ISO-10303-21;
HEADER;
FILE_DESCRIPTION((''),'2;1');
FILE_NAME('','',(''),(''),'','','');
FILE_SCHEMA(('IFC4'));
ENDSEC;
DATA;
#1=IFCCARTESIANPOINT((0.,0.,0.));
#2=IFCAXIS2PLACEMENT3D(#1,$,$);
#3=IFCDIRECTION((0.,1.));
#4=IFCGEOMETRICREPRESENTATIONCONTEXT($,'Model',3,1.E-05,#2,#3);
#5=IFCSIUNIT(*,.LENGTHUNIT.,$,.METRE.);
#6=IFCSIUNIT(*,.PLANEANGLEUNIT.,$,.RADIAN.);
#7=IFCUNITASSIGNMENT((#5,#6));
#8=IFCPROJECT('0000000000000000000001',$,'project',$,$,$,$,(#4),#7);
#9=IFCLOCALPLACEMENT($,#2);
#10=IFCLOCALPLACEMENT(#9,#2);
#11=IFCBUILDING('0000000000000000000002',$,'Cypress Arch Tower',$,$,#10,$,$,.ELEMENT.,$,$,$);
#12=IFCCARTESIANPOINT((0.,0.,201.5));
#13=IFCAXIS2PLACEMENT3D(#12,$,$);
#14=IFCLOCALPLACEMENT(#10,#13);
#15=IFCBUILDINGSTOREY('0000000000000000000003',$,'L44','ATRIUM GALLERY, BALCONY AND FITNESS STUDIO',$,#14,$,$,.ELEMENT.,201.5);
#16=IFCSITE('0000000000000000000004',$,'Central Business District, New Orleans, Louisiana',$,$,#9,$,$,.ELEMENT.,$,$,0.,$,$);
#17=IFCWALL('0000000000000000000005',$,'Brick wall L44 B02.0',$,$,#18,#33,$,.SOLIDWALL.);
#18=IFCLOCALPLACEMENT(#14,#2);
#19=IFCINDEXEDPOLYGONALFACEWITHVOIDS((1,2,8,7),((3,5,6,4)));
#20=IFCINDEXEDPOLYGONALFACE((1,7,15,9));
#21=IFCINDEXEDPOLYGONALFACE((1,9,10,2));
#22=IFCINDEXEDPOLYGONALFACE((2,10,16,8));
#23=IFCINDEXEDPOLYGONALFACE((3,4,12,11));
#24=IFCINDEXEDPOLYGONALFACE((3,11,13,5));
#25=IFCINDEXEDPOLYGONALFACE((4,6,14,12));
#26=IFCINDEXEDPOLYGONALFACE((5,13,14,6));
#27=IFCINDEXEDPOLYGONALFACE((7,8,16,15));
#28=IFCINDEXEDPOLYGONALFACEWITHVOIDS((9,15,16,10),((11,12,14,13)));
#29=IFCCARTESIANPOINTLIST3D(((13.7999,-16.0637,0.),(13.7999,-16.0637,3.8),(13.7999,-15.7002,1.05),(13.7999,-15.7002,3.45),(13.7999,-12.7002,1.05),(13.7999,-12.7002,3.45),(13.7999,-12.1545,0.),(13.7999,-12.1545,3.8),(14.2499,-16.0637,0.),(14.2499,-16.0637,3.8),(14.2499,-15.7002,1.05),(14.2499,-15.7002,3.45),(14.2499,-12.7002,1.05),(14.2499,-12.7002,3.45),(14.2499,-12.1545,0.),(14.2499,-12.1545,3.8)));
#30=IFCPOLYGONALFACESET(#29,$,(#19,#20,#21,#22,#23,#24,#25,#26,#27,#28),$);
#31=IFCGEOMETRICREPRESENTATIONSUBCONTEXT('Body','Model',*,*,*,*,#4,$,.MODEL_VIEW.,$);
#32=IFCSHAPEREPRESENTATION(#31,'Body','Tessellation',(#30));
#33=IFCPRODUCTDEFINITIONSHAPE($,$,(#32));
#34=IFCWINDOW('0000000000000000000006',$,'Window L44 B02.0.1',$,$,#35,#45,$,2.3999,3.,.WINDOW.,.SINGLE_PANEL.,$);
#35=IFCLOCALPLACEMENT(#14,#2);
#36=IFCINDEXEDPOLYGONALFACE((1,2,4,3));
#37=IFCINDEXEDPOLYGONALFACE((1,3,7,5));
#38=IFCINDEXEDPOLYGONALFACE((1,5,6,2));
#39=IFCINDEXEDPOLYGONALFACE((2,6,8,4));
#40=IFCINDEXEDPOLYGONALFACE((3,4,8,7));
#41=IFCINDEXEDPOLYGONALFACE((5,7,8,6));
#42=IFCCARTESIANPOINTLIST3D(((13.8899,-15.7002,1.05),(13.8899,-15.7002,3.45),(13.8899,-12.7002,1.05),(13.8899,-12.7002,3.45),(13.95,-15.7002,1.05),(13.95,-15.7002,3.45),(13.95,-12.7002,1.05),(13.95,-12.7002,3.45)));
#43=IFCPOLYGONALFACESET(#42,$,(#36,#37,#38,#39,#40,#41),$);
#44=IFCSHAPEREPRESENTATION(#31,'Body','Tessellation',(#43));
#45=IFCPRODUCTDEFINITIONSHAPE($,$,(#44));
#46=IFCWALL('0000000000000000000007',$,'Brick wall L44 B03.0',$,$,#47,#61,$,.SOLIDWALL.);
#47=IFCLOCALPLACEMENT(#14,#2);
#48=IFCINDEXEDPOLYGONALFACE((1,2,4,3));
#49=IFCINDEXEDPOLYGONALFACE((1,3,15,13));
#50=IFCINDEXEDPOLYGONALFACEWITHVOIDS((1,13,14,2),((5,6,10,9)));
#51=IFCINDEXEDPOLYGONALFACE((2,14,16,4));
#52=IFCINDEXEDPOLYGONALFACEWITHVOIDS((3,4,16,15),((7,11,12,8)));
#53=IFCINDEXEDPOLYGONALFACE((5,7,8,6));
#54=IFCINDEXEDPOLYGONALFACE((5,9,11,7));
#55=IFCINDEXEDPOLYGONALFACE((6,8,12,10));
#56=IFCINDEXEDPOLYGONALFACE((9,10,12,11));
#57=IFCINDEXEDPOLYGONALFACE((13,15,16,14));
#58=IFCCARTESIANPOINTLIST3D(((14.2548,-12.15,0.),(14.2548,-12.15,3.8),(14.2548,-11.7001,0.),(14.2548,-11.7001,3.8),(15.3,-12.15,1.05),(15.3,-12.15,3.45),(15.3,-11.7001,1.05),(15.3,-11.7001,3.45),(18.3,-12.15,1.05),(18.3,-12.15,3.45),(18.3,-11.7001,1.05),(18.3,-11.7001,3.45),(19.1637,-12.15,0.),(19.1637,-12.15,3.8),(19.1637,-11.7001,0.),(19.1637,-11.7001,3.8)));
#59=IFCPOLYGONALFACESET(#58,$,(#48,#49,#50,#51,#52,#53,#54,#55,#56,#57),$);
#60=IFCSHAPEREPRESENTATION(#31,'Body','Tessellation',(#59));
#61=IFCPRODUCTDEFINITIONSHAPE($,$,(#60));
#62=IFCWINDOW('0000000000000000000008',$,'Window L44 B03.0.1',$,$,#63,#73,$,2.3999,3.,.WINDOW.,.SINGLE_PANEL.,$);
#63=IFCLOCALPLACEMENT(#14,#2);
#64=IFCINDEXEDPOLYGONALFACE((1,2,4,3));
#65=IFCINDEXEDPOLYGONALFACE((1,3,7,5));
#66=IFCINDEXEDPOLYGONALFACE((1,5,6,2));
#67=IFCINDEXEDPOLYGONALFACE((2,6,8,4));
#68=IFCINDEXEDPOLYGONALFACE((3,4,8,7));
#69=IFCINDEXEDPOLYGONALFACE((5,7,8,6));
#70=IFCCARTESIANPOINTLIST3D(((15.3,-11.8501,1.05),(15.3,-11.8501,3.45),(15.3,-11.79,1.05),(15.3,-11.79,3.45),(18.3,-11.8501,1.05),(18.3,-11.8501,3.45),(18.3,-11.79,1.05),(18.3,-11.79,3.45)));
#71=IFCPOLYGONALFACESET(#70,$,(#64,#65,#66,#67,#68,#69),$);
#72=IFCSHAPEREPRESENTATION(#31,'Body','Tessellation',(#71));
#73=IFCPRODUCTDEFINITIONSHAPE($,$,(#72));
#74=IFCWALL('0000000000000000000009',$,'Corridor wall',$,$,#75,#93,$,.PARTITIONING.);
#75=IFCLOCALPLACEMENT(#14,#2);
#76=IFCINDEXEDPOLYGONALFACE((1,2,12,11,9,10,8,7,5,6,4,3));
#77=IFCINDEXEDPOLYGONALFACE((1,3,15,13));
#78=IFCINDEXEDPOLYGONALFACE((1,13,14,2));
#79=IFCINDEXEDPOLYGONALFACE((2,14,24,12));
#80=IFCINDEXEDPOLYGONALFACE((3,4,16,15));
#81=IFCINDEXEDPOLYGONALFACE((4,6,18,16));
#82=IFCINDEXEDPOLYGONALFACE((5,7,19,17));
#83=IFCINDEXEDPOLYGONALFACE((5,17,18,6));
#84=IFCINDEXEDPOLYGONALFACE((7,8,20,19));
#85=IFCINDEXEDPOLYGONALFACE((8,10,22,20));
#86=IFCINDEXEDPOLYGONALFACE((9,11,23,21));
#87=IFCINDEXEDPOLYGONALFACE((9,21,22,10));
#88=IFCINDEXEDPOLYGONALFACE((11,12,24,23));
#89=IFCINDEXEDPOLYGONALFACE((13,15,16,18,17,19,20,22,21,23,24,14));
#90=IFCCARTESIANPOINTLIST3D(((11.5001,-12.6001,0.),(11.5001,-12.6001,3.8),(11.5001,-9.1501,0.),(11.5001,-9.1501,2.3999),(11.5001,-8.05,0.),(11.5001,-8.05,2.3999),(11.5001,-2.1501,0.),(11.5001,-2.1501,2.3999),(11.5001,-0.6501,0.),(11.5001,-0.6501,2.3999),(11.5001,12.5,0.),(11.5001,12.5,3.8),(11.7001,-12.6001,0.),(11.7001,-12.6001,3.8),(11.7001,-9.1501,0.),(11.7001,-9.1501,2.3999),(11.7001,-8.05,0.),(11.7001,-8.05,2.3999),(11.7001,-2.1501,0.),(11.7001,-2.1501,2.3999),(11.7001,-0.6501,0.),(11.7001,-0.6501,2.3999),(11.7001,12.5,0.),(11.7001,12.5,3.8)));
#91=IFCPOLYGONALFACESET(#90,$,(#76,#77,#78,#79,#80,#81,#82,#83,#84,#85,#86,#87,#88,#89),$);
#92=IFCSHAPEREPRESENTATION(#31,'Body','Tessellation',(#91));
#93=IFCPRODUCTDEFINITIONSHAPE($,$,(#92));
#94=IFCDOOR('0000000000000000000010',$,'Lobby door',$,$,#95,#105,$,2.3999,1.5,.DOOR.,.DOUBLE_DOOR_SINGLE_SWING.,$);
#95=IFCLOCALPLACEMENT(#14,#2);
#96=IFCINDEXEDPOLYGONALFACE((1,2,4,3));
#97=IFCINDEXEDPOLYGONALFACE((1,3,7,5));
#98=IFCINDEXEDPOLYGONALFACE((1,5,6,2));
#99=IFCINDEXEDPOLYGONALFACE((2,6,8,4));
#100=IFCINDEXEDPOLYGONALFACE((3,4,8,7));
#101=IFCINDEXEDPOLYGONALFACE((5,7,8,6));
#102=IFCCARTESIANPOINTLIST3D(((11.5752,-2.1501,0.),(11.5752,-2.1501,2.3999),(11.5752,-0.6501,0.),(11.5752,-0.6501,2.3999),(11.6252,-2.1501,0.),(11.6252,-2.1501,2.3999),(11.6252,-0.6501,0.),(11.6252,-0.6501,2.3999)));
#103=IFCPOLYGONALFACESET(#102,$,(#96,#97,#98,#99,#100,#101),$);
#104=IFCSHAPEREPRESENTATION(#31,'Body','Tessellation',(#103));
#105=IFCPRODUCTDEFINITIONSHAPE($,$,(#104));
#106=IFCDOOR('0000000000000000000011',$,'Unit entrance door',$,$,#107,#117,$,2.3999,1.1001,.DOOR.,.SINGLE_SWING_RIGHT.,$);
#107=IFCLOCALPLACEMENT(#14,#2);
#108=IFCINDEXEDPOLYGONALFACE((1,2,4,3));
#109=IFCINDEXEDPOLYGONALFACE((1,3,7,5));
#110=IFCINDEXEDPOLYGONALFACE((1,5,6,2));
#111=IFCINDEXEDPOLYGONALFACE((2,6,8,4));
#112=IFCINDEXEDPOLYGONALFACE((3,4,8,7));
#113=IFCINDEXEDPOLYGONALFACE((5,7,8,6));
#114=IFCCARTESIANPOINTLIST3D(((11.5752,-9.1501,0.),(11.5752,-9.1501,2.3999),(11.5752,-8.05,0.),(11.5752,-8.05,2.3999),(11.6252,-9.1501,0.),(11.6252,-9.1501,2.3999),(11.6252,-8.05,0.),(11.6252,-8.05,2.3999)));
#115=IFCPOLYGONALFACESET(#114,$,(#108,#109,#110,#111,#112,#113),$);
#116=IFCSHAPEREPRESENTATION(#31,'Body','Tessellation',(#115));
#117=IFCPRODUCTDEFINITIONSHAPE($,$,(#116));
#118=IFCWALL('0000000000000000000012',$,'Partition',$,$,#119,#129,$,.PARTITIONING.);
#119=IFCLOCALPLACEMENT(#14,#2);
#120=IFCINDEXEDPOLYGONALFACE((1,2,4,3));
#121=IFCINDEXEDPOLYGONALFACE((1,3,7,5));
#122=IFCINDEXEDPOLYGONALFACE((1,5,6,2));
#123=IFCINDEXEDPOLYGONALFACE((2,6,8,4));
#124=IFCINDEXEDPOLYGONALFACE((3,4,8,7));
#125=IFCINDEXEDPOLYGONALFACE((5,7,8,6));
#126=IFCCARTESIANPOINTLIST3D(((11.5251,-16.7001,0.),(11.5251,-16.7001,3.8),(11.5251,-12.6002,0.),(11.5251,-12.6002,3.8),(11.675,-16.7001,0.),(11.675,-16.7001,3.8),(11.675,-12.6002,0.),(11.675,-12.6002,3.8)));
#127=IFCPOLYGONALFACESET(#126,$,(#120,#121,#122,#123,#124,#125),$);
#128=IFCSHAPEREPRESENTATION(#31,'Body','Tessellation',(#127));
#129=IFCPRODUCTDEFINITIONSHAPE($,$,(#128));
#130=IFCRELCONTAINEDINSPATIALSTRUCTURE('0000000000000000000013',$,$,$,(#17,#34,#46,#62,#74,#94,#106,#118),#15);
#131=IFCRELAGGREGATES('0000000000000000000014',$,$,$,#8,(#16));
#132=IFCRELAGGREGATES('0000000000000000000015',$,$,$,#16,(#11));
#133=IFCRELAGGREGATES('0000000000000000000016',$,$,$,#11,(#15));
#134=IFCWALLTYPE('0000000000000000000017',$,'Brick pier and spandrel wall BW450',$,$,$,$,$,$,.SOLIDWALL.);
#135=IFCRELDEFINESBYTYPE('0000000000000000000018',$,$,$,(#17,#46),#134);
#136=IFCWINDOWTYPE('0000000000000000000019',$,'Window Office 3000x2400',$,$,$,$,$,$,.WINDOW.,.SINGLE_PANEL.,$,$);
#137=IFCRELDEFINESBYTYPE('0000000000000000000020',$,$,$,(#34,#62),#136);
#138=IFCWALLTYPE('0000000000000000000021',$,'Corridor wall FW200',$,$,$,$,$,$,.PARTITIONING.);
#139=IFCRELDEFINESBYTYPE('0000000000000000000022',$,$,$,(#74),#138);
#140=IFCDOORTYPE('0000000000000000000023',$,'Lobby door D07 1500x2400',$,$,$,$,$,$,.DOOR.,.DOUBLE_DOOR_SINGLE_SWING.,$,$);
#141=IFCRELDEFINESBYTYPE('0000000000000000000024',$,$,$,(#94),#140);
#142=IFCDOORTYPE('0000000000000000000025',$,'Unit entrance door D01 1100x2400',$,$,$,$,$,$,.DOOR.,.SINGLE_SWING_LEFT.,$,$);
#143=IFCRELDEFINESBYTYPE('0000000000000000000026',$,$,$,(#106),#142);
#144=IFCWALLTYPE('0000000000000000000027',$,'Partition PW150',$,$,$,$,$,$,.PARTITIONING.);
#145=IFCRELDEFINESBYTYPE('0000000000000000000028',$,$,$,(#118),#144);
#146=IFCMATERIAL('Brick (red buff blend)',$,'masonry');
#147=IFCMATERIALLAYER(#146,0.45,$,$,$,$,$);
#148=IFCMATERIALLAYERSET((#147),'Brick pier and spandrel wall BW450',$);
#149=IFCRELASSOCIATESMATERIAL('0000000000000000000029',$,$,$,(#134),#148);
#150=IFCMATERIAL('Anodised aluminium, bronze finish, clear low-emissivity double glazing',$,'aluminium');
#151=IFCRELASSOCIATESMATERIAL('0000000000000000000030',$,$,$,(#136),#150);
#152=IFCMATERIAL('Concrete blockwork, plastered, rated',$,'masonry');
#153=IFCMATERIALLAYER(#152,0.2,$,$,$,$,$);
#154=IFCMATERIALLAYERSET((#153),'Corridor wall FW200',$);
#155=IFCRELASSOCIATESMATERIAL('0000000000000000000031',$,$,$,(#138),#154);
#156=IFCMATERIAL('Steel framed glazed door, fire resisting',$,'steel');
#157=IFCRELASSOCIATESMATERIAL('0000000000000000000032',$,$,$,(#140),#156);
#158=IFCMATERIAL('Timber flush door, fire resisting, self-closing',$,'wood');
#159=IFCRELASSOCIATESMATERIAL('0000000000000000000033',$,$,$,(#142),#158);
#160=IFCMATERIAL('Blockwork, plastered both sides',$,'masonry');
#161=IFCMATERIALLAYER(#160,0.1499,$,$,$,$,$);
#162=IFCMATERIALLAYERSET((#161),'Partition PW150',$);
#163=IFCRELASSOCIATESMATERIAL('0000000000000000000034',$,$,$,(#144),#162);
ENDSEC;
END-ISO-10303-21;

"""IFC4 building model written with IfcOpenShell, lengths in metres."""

from ifc_helpers import new_model, si_unit, direction, frame, frame_2d, origin, place, context, subcontext, project, spatial, rectangle, extrude, material, layer, layer_set, type_object, element, fill, save


model = new_model("IFC4")

# Units and contexts
model_context = context("Model", 3, precision=1e-05, world=origin(), true_north=direction((0.0, 1.0)))
body_context = subcontext(model_context, "Body", "Model", "MODEL_VIEW")
ifc_project = project(units=[si_unit("LENGTHUNIT", "METRE"), si_unit("PLANEANGLEUNIT", "RADIAN")], contexts=[model_context])

# Site, building, storey
site_placement = place(None, origin())
site = spatial("IfcSite", under=ifc_project, at=site_placement, Name="Central Business District, New Orleans, Louisiana", CompositionType="ELEMENT", RefElevation=0.0)
building_placement = place(site_placement, origin())
building = spatial("IfcBuilding", under=site, at=building_placement, Name="Cypress Arch Tower", CompositionType="ELEMENT")
storey_placement = place(building_placement, frame((0.0, 0.0, 201.5)))
storey = spatial("IfcBuildingStorey", under=building, at=storey_placement, Name="L44", Description="ATRIUM GALLERY, BALCONY AND FITNESS STUDIO", CompositionType="ELEMENT", Elevation=201.5)

# Walls, openings, windows
ifc_material_1 = material(Name="Brick (red buff blend)", Category="masonry")
ifc_layer_1 = layer(ifc_material_1, 0.45)
ifc_layer_set_1 = layer_set([ifc_layer_1], Name="Brick pier and spandrel wall BW450")
wall_type_1 = type_object("IfcWallType", Name="Brick pier and spandrel wall BW450", PredefinedType="SOLIDWALL", material=ifc_layer_set_1)
wall_1_placement = place(storey_placement, frame((14.0249, -16.0637, 0.0), z_axis=(0.0, 0.0, 1.0), x_axis=(0.0, 1.0, 0.0)))
wall_1 = element("IfcWall", 1, at=wall_1_placement, inside=storey, type_object=wall_type_1, Name="Brick wall L44 B02.0", PredefinedType="SOLIDWALL", context=body_context, shape_type="SweptSolid", body=[
    extrude(rectangle(XDim=3.9092, YDim=0.45, at=frame_2d((1.9546, 0.0))), origin(), (0.0, 0.0, 1.0), 3.8),
])
opening_1_placement = place(wall_1_placement, frame((0.3635, 0.0, 1.05)))
opening_1 = element("IfcOpeningElement", 2, at=opening_1_placement, cuts=wall_1, PredefinedType="OPENING", context=body_context, shape_type="SweptSolid", body=[
    extrude(rectangle(XDim=3.0, YDim=2.3999, at=frame_2d((1.5, 1.2))), frame((0.0, 0.2349, 0.0), z_axis=(0.0, -1.0, 0.0), x_axis=(1.0, 0.0, 0.0)), (0.0, 0.0, 1.0), 0.47),
])
ifc_material_2 = material(Name="Anodised aluminium, bronze finish, clear low-emissivity double glazing", Category="aluminium")
window_type = type_object("IfcWindowType", Name="Window Office 3000x2400", PartitioningType="SINGLE_PANEL", PredefinedType="WINDOW", material=ifc_material_2)
window_1_placement = place(opening_1_placement, origin())
window_1 = element("IfcWindow", 3, at=window_1_placement, inside=storey, type_object=window_type, Name="Window L44 B02.0.1", OverallHeight=2.3999, OverallWidth=3.0, PartitioningType="SINGLE_PANEL", PredefinedType="WINDOW", context=body_context, shape_type="SweptSolid", body=[
    extrude(rectangle(XDim=3.0, YDim=2.3999, at=frame_2d((1.5, 1.2))), frame((0.0, 0.135, 0.0), z_axis=(0.0, -1.0, 0.0), x_axis=(1.0, 0.0, 0.0)), (0.0, 0.0, 1.0), 0.0601),
])
fill(opening_1, window_1)
wall_2_placement = place(storey_placement, frame((14.2546, -11.925, 0.0), z_axis=(0.0, 0.0, 1.0), x_axis=(1.0, 0.0, 0.0)))
wall_2 = element("IfcWall", 4, at=wall_2_placement, inside=storey, type_object=wall_type_1, Name="Brick wall L44 B03.0", PredefinedType="SOLIDWALL", context=body_context, shape_type="SweptSolid", body=[
    extrude(rectangle(XDim=4.9089, YDim=0.45, at=frame_2d((2.4546, 0.0))), origin(), (0.0, 0.0, 1.0), 3.8),
])
opening_2_placement = place(wall_2_placement, frame((1.0454, 0.0, 1.05)))
opening_2 = element("IfcOpeningElement", 5, at=opening_2_placement, cuts=wall_2, PredefinedType="OPENING", context=body_context, shape_type="SweptSolid", body=[
    extrude(rectangle(XDim=3.0, YDim=2.3999, at=frame_2d((1.5, 1.2))), frame((0.0, 0.2349, 0.0), z_axis=(0.0, -1.0, 0.0), x_axis=(1.0, 0.0, 0.0)), (0.0, 0.0, 1.0), 0.47),
])
window_2_placement = place(opening_2_placement, origin())
window_2 = element("IfcWindow", 6, at=window_2_placement, inside=storey, type_object=window_type, Name="Window L44 B03.0.1", OverallHeight=2.3999, OverallWidth=3.0, PartitioningType="SINGLE_PANEL", PredefinedType="WINDOW", context=body_context, shape_type="SweptSolid", body=[
    extrude(rectangle(XDim=3.0, YDim=2.3999, at=frame_2d((1.5, 1.2))), frame((0.0, 0.135, 0.0), z_axis=(0.0, -1.0, 0.0), x_axis=(1.0, 0.0, 0.0)), (0.0, 0.0, 1.0), 0.0601),
])
fill(opening_2, window_2)

# Wall, openings, doors
ifc_material_3 = material(Name="Concrete blockwork, plastered, rated", Category="masonry")
ifc_layer_2 = layer(ifc_material_3, 0.2)
ifc_layer_set_2 = layer_set([ifc_layer_2], Name="Corridor wall FW200")
wall_type_2 = type_object("IfcWallType", Name="Corridor wall FW200", PredefinedType="PARTITIONING", material=ifc_layer_set_2)
wall_3_placement = place(storey_placement, frame((11.6001, -12.6001, 0.0), z_axis=(0.0, 0.0, 1.0), x_axis=(0.0, 1.0, 0.0)))
wall_3 = element("IfcWall", 7, at=wall_3_placement, inside=storey, type_object=wall_type_2, Name="Corridor wall", PredefinedType="PARTITIONING", context=body_context, shape_type="SweptSolid", body=[
    extrude(rectangle(XDim=25.1001, YDim=0.2, at=frame_2d((12.55, 0.0))), origin(), (0.0, 0.0, 1.0), 3.8),
])
opening_3_placement = place(wall_3_placement, frame((10.45, 0.0, 0.0)))
opening_3 = element("IfcOpeningElement", 8, at=opening_3_placement, cuts=wall_3, PredefinedType="OPENING", context=body_context, shape_type="SweptSolid", body=[
    extrude(rectangle(XDim=1.5, YDim=2.3999, at=frame_2d((0.75, 1.2))), frame((0.0, 0.1099, 0.0), z_axis=(0.0, -1.0, 0.0), x_axis=(1.0, 0.0, 0.0)), (0.0, 0.0, 1.0), 0.22),
])
opening_4_placement = place(wall_3_placement, frame((3.45, 0.0, 0.0)))
opening_4 = element("IfcOpeningElement", 9, at=opening_4_placement, cuts=wall_3, PredefinedType="OPENING", context=body_context, shape_type="SweptSolid", body=[
    extrude(rectangle(XDim=1.1001, YDim=2.3999, at=frame_2d((0.55, 1.2))), frame((0.0, 0.1099, 0.0), z_axis=(0.0, -1.0, 0.0), x_axis=(1.0, 0.0, 0.0)), (0.0, 0.0, 1.0), 0.22),
])
ifc_material_4 = material(Name="Steel framed glazed door, fire resisting", Category="steel")
door_type_1 = type_object("IfcDoorType", Name="Lobby door D07 1500x2400", OperationType="DOUBLE_DOOR_SINGLE_SWING", PredefinedType="DOOR", material=ifc_material_4)
door_1_placement = place(opening_3_placement, origin())
door_1 = element("IfcDoor", 10, at=door_1_placement, inside=storey, type_object=door_type_1, Name="Lobby door", OperationType="DOUBLE_DOOR_SINGLE_SWING", OverallHeight=2.3999, OverallWidth=1.5, PredefinedType="DOOR", context=body_context, shape_type="SweptSolid", body=[
    extrude(rectangle(XDim=1.5, YDim=2.3999, at=frame_2d((0.75, 1.2))), frame((0.0, 0.0249, 0.0), z_axis=(0.0, -1.0, 0.0), x_axis=(1.0, 0.0, 0.0)), (0.0, 0.0, 1.0), 0.05),
])
fill(opening_3, door_1)
ifc_material_5 = material(Name="Timber flush door, fire resisting, self-closing", Category="wood")
door_type_2 = type_object("IfcDoorType", Name="Unit entrance door D01 1100x2400", OperationType="SINGLE_SWING_LEFT", PredefinedType="DOOR", material=ifc_material_5)
door_2_placement = place(opening_4_placement, origin())
door_2 = element("IfcDoor", 11, at=door_2_placement, inside=storey, type_object=door_type_2, Name="Unit entrance door", OperationType="SINGLE_SWING_RIGHT", OverallHeight=2.3999, OverallWidth=1.1001, PredefinedType="DOOR", context=body_context, shape_type="SweptSolid", body=[
    extrude(rectangle(XDim=1.1001, YDim=2.3999, at=frame_2d((0.55, 1.2))), frame((0.0, 0.0249, 0.0), z_axis=(0.0, -1.0, 0.0), x_axis=(1.0, 0.0, 0.0)), (0.0, 0.0, 1.0), 0.05),
])
fill(opening_4, door_2)

# Wall
ifc_material_6 = material(Name="Blockwork, plastered both sides", Category="masonry")
ifc_layer_3 = layer(ifc_material_6, 0.1499)
ifc_layer_set_3 = layer_set([ifc_layer_3], Name="Partition PW150")
wall_type_3 = type_object("IfcWallType", Name="Partition PW150", PredefinedType="PARTITIONING", material=ifc_layer_set_3)
wall_4_placement = place(storey_placement, frame((11.6001, -16.7, 0.0), z_axis=(0.0, 0.0, 1.0), x_axis=(0.0, 1.0, 0.0)))
element("IfcWall", 12, at=wall_4_placement, inside=storey, type_object=wall_type_3, Name="Partition", PredefinedType="PARTITIONING", context=body_context, shape_type="SweptSolid", body=[
    extrude(rectangle(XDim=4.0999, YDim=0.1499, at=frame_2d((2.0498, 0.0))), origin(), (0.0, 0.0, 1.0), 3.8),
])

save(model, "model.ifc")
